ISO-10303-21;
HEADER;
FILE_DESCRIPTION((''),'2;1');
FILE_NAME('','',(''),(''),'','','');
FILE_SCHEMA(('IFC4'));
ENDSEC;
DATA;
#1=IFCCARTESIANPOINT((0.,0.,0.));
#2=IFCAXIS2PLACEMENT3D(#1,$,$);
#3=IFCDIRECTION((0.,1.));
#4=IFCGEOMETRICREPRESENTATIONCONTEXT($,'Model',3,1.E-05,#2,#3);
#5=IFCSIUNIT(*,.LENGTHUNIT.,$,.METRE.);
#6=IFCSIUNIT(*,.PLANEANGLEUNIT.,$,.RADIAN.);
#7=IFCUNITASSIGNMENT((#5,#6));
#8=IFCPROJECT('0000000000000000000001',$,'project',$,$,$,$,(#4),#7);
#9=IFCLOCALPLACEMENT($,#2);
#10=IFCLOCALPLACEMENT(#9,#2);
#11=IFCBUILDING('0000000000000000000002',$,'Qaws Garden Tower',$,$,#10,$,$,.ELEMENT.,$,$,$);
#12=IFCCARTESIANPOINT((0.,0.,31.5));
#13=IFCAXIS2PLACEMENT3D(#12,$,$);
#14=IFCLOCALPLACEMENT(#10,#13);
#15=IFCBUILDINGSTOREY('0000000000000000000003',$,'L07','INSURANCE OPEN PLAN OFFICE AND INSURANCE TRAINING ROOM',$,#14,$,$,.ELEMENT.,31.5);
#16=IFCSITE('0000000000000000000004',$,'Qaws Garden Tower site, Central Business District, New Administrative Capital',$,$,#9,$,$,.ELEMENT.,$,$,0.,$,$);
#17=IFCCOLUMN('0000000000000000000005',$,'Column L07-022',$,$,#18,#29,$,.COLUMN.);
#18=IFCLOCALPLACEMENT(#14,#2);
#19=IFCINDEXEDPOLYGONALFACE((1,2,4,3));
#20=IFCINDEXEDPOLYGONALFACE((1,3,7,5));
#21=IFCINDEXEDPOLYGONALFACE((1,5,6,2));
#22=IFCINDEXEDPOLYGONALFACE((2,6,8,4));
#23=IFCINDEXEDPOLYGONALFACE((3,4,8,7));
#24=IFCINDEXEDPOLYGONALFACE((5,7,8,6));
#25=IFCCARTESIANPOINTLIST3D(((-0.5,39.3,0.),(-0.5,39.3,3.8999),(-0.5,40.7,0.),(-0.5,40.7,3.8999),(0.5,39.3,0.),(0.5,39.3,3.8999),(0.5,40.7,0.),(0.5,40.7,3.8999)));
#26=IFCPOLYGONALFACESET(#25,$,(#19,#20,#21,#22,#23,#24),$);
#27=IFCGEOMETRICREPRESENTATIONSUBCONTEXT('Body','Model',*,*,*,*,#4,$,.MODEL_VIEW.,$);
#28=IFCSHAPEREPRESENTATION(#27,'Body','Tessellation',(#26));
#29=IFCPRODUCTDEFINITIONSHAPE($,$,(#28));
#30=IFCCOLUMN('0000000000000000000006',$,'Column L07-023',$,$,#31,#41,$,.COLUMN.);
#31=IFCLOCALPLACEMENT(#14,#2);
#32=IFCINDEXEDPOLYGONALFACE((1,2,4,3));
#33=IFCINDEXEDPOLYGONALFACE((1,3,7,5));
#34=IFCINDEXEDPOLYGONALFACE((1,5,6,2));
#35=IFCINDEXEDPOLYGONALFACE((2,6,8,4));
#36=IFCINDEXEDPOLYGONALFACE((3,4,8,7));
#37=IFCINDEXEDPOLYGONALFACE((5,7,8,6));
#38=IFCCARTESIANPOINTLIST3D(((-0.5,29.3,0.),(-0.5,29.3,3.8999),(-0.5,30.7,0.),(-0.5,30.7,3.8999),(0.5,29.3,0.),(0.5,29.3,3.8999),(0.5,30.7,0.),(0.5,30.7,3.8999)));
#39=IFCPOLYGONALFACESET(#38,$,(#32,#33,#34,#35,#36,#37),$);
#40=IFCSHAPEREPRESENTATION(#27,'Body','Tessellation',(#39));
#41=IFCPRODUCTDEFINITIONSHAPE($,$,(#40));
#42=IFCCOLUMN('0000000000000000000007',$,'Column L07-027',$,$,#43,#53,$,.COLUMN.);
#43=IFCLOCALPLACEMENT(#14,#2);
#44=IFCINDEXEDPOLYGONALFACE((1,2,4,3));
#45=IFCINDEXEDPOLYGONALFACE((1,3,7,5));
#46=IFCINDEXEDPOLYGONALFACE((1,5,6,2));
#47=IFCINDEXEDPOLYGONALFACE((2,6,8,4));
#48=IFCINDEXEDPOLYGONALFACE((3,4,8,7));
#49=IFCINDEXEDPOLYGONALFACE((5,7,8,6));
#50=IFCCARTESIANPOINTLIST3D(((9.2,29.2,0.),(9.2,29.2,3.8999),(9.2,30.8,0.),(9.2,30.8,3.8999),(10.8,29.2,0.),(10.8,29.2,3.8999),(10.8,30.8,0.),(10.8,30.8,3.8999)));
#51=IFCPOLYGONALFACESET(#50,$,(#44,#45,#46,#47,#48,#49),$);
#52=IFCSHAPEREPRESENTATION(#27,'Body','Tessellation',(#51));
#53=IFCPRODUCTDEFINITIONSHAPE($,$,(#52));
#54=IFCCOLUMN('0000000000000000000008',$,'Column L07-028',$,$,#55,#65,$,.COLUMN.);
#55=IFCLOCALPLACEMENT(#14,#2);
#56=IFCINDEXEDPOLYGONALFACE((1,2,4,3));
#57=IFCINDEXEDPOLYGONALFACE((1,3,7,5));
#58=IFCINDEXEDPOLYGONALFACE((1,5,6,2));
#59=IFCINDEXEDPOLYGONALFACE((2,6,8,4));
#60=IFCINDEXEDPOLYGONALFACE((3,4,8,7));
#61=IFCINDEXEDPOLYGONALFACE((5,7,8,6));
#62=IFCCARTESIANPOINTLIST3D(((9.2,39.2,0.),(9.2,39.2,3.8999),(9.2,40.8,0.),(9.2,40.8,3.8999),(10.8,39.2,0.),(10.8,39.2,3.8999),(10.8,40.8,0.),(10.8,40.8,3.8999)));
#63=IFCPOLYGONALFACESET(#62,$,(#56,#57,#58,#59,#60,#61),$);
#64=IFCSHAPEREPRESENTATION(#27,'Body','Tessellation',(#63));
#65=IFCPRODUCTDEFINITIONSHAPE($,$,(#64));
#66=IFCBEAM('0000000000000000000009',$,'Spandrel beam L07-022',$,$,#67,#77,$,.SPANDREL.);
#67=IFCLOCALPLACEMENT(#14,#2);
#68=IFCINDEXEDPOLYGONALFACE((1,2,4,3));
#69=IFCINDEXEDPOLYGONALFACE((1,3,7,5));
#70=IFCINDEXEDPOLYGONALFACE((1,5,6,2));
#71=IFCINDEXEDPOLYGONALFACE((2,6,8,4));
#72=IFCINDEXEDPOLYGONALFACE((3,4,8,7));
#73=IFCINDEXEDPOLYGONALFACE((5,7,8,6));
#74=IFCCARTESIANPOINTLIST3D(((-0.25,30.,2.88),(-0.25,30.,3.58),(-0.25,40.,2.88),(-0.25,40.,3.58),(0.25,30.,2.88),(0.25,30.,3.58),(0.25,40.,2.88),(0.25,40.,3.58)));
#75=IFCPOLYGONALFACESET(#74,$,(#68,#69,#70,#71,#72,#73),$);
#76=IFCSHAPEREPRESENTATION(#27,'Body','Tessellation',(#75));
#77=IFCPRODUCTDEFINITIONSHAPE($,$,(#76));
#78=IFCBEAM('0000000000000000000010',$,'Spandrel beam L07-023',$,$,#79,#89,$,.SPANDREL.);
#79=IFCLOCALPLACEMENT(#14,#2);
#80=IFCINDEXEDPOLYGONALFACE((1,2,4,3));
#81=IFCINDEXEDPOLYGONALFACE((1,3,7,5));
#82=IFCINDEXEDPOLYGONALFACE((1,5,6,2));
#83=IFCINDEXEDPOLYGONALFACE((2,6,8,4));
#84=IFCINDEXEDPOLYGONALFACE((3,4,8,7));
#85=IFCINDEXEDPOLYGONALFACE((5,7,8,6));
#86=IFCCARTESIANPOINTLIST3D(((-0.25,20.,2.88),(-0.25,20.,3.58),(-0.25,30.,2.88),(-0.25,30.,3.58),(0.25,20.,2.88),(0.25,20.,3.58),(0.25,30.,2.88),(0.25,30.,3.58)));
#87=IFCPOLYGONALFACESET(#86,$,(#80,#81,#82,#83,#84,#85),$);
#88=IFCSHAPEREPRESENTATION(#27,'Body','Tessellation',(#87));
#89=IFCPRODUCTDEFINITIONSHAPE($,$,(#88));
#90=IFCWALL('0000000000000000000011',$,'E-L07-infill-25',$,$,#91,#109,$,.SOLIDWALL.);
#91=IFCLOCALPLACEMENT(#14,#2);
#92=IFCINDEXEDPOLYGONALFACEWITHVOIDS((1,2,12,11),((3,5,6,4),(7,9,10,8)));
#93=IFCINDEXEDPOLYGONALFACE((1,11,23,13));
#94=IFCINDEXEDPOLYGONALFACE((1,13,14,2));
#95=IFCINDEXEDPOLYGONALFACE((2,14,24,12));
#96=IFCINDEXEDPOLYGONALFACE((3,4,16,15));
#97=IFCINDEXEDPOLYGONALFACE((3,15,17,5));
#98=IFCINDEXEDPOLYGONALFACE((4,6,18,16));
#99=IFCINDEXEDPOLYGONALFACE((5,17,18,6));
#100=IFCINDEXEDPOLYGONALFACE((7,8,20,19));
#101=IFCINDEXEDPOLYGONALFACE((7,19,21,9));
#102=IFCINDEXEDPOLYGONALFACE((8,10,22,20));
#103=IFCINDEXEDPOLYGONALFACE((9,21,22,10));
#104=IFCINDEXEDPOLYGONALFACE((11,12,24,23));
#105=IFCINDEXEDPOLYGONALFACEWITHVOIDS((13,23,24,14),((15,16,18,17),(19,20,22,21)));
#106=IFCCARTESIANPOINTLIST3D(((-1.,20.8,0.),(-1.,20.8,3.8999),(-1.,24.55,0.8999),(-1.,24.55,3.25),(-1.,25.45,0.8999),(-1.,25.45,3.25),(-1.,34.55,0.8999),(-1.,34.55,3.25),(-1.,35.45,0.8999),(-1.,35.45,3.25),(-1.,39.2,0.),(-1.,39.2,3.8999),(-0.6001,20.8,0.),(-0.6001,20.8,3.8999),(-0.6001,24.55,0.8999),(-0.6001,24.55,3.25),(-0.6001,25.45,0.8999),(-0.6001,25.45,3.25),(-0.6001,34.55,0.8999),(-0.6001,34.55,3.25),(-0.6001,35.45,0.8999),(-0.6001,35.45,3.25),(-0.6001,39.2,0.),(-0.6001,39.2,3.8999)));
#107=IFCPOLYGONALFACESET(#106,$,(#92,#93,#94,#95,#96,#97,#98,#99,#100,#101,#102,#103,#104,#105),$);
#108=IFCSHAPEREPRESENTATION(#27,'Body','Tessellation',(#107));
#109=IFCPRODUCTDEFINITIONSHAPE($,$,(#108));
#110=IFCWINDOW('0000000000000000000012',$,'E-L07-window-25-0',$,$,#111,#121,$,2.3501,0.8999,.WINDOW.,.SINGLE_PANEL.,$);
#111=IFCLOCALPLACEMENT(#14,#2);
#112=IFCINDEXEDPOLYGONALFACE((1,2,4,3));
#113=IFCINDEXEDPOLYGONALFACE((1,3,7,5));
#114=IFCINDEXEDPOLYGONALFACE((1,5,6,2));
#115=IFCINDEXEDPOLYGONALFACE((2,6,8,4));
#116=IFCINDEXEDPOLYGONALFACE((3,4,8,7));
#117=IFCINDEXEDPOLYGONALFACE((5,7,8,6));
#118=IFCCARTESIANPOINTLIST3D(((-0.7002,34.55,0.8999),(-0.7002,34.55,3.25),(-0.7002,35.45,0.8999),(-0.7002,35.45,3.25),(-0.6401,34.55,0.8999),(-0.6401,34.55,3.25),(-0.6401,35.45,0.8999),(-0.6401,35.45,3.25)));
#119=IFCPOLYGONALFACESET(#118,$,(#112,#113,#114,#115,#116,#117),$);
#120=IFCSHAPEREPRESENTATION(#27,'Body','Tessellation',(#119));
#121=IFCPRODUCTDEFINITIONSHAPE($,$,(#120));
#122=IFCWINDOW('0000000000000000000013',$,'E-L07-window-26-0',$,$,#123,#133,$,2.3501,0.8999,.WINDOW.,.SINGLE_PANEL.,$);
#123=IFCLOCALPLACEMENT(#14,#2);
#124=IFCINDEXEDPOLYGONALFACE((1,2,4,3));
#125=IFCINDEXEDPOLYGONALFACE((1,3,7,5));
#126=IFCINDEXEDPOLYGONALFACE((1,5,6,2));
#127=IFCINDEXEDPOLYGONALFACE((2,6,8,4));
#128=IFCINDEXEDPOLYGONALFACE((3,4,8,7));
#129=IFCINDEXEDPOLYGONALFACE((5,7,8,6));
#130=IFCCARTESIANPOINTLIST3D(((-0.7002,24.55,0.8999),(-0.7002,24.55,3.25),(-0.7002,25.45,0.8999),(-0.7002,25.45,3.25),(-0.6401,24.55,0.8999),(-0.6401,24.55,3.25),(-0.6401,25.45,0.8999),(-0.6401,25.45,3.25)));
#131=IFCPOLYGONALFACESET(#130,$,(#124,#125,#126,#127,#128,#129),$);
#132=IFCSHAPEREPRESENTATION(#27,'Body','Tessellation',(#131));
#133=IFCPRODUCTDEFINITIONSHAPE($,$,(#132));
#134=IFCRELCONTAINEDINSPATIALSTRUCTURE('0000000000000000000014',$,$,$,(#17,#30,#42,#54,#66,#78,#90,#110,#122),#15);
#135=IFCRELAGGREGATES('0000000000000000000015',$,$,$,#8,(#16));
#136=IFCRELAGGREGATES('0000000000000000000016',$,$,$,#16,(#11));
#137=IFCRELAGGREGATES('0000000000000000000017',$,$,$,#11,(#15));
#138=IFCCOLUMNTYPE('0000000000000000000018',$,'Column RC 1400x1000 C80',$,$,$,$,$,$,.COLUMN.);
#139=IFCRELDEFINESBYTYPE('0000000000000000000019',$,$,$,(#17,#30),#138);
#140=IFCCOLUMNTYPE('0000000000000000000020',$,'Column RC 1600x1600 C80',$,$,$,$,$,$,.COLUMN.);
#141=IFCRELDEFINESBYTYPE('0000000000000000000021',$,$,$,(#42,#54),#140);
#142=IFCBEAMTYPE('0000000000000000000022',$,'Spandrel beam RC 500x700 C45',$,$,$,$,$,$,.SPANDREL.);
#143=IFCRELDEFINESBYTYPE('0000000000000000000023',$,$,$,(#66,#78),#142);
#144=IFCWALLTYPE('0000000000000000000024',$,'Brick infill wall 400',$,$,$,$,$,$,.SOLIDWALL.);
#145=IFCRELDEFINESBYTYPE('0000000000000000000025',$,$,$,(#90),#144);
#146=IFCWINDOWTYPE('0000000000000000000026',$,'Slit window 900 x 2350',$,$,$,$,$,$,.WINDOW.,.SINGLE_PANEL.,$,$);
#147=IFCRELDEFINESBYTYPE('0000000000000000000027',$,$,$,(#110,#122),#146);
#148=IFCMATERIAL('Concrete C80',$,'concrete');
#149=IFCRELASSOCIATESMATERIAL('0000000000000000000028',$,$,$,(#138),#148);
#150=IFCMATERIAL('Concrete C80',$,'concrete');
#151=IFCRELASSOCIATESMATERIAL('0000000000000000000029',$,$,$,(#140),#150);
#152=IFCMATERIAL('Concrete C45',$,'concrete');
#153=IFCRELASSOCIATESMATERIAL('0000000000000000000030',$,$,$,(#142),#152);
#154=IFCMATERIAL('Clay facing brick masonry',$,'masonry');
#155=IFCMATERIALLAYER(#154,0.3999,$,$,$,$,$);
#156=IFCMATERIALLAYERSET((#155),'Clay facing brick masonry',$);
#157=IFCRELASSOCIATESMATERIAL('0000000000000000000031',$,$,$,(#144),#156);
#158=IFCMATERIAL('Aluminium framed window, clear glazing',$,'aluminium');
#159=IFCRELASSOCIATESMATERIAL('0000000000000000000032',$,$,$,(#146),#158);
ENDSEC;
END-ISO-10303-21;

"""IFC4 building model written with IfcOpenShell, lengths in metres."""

from ifc_helpers import new_model, si_unit, direction, frame, frame_2d, origin, origin_2d, place, context, subcontext, project, spatial, rectangle, extrude, material, layer, layer_set, material_profile, profile_set, type_object, element, fill, save


model = new_model("IFC4")

# Units and contexts
model_context = context("Model", 3, precision=1e-05, world=origin(), true_north=direction((0.0, 1.0)))
body_context = subcontext(model_context, "Body", "Model", "MODEL_VIEW")
ifc_project = project(units=[si_unit("LENGTHUNIT", "METRE"), si_unit("PLANEANGLEUNIT", "RADIAN")], contexts=[model_context])

# Site, building, storey
site_placement = place(None, origin())
site = spatial("IfcSite", under=ifc_project, at=site_placement, Name="Qaws Garden Tower site, Central Business District, New Administrative Capital", CompositionType="ELEMENT", RefElevation=0.0)
building_placement = place(site_placement, origin())
building = spatial("IfcBuilding", under=site, at=building_placement, Name="Qaws Garden Tower", CompositionType="ELEMENT")
storey_placement = place(building_placement, frame((0.0, 0.0, 31.5)))
storey = spatial("IfcBuildingStorey", under=building, at=storey_placement, Name="L07", Description="INSURANCE OPEN PLAN OFFICE AND INSURANCE TRAINING ROOM", CompositionType="ELEMENT", Elevation=31.5)

# Columns
ifc_material_1 = material(Name="Concrete C80", Category="concrete")
ifc_material_profile_1 = material_profile(ifc_material_1, rectangle(XDim=1.3999, YDim=1.0, at=origin_2d()), Name="RC 1400x1000")
ifc_profile_set_1 = profile_set([ifc_material_profile_1], Name="Concrete C80")
column_type_1 = type_object("IfcColumnType", Name="Column RC 1400x1000 C80", PredefinedType="COLUMN", material=ifc_profile_set_1)
for number, where, z_axis, x_axis, name in (
    (1, (0.0, 40.0, 0.0), (0.0, 0.0, 1.0), (0.0, 1.0, 0.0), "Column L07-022"),
    (2, (0.0, 30.0, 0.0), (0.0, 0.0, 1.0), (0.0, 1.0, 0.0), "Column L07-023"),
):
    element("IfcColumn", number, at=place(storey_placement, frame(where, z_axis=z_axis, x_axis=x_axis)), inside=storey, type_object=column_type_1, Name=name, PredefinedType="COLUMN", context=body_context, shape_type="SweptSolid", body=[
        extrude(rectangle(XDim=1.3999, YDim=1.0, at=origin_2d()), origin(), (0.0, 0.0, 1.0), 3.8999),
    ])
ifc_material_2 = material(Name="Concrete C80", Category="concrete")
ifc_material_profile_2 = material_profile(ifc_material_2, rectangle(XDim=1.6001, YDim=1.6001, at=origin_2d()), Name="RC 1600x1600")
ifc_profile_set_2 = profile_set([ifc_material_profile_2], Name="Concrete C80")
column_type_2 = type_object("IfcColumnType", Name="Column RC 1600x1600 C80", PredefinedType="COLUMN", material=ifc_profile_set_2)
for number, where, z_axis, x_axis, name in (
    (3, (10.0, 30.0, 0.0), (0.0, 0.0, 1.0), (1.0, 0.0, 0.0), "Column L07-027"),
    (4, (10.0, 40.0, 0.0), (0.0, 0.0, 1.0), (1.0, 0.0, 0.0), "Column L07-028"),
):
    element("IfcColumn", number, at=place(storey_placement, frame(where, z_axis=z_axis, x_axis=x_axis)), inside=storey, type_object=column_type_2, Name=name, PredefinedType="COLUMN", context=body_context, shape_type="SweptSolid", body=[
        extrude(rectangle(XDim=1.6001, YDim=1.6001, at=origin_2d()), origin(), (0.0, 0.0, 1.0), 3.8999),
    ])

# Beams
ifc_material_3 = material(Name="Concrete C45", Category="concrete")
ifc_material_profile_3 = material_profile(ifc_material_3, rectangle(XDim=0.5, YDim=0.7, at=origin_2d()), Name="RC 500x700")
ifc_profile_set_3 = profile_set([ifc_material_profile_3], Name="Concrete C45")
beam_type = type_object("IfcBeamType", Name="Spandrel beam RC 500x700 C45", PredefinedType="SPANDREL", material=ifc_profile_set_3)
for number, where, z_axis, x_axis, name in (
    (5, (0.0, 40.0, 3.23), (0.0, -1.0, 0.0), (1.0, 0.0, 0.0), "Spandrel beam L07-022"),
    (6, (0.0, 30.0, 3.23), (0.0, -1.0, 0.0), (1.0, 0.0, 0.0), "Spandrel beam L07-023"),
):
    element("IfcBeam", number, at=place(storey_placement, frame(where, z_axis=z_axis, x_axis=x_axis)), inside=storey, type_object=beam_type, Name=name, PredefinedType="SPANDREL", context=body_context, shape_type="SweptSolid", body=[
        extrude(rectangle(XDim=0.5, YDim=0.7, at=origin_2d()), origin(), (0.0, 0.0, 1.0), 10.0),
    ])

# Wall, openings, windows
ifc_material_4 = material(Name="Clay facing brick masonry", Category="masonry")
ifc_layer_1 = layer(ifc_material_4, 0.3999)
ifc_layer_set_1 = layer_set([ifc_layer_1], Name="Clay facing brick masonry")
wall_type_1 = type_object("IfcWallType", Name="Brick infill wall 400", PredefinedType="SOLIDWALL", material=ifc_layer_set_1)
wall_1_placement = place(storey_placement, frame((-0.8, 39.2, 0.0), z_axis=(0.0, 0.0, 1.0), x_axis=(0.0, -1.0, 0.0)))
wall_1 = element("IfcWall", 7, at=wall_1_placement, inside=storey, type_object=wall_type_1, Name="E-L07-infill-25", PredefinedType="SOLIDWALL", context=body_context, shape_type="SweptSolid", body=[
    extrude(rectangle(XDim=18.3999, YDim=0.3999, at=frame_2d((9.2, 0.0))), origin(), (0.0, 0.0, 1.0), 3.8999),
])
opening_1_placement = place(wall_1_placement, frame((3.75, 0.0, 0.8999)))
opening_1 = element("IfcOpeningElement", 8, at=opening_1_placement, cuts=wall_1, PredefinedType="OPENING", context=body_context, shape_type="SweptSolid", body=[
    extrude(rectangle(XDim=0.8999, YDim=2.3501, at=frame_2d((0.45, 1.175))), frame((0.0, 0.21, 0.0), z_axis=(0.0, -1.0, 0.0), x_axis=(1.0, 0.0, 0.0)), (0.0, 0.0, 1.0), 0.4199),
])
opening_2_placement = place(wall_1_placement, frame((13.75, 0.0, 0.8999)))
opening_2 = element("IfcOpeningElement", 9, at=opening_2_placement, cuts=wall_1, PredefinedType="OPENING", context=body_context, shape_type="SweptSolid", body=[
    extrude(rectangle(XDim=0.8999, YDim=2.3501, at=frame_2d((0.45, 1.175))), frame((0.0, 0.21, 0.0), z_axis=(0.0, -1.0, 0.0), x_axis=(1.0, 0.0, 0.0)), (0.0, 0.0, 1.0), 0.4199),
])
ifc_material_5 = material(Name="Aluminium framed window, clear glazing", Category="aluminium")
window_type = type_object("IfcWindowType", Name="Slit window 900 x 2350", PartitioningType="SINGLE_PANEL", PredefinedType="WINDOW", material=ifc_material_5)
window_1_placement = place(opening_1_placement, origin())
window_1 = element("IfcWindow", 10, at=window_1_placement, inside=storey, type_object=window_type, Name="E-L07-window-25-0", OverallHeight=2.3501, OverallWidth=0.8999, PartitioningType="SINGLE_PANEL", PredefinedType="WINDOW", context=body_context, shape_type="SweptSolid", body=[
    extrude(rectangle(XDim=0.8999, YDim=2.3501, at=frame_2d((0.45, 1.175))), frame((0.0, 0.1599, 0.0), z_axis=(0.0, -1.0, 0.0), x_axis=(1.0, 0.0, 0.0)), (0.0, 0.0, 1.0), 0.0601),
])
fill(opening_1, window_1)
window_2_placement = place(opening_2_placement, origin())
window_2 = element("IfcWindow", 11, at=window_2_placement, inside=storey, type_object=window_type, Name="E-L07-window-26-0", OverallHeight=2.3501, OverallWidth=0.8999, PartitioningType="SINGLE_PANEL", PredefinedType="WINDOW", context=body_context, shape_type="SweptSolid", body=[
    extrude(rectangle(XDim=0.8999, YDim=2.3501, at=frame_2d((0.45, 1.175))), frame((0.0, 0.1599, 0.0), z_axis=(0.0, -1.0, 0.0), x_axis=(1.0, 0.0, 0.0)), (0.0, 0.0, 1.0), 0.0601),
])
fill(opening_2, window_2)

save(model, "model.ifc")
